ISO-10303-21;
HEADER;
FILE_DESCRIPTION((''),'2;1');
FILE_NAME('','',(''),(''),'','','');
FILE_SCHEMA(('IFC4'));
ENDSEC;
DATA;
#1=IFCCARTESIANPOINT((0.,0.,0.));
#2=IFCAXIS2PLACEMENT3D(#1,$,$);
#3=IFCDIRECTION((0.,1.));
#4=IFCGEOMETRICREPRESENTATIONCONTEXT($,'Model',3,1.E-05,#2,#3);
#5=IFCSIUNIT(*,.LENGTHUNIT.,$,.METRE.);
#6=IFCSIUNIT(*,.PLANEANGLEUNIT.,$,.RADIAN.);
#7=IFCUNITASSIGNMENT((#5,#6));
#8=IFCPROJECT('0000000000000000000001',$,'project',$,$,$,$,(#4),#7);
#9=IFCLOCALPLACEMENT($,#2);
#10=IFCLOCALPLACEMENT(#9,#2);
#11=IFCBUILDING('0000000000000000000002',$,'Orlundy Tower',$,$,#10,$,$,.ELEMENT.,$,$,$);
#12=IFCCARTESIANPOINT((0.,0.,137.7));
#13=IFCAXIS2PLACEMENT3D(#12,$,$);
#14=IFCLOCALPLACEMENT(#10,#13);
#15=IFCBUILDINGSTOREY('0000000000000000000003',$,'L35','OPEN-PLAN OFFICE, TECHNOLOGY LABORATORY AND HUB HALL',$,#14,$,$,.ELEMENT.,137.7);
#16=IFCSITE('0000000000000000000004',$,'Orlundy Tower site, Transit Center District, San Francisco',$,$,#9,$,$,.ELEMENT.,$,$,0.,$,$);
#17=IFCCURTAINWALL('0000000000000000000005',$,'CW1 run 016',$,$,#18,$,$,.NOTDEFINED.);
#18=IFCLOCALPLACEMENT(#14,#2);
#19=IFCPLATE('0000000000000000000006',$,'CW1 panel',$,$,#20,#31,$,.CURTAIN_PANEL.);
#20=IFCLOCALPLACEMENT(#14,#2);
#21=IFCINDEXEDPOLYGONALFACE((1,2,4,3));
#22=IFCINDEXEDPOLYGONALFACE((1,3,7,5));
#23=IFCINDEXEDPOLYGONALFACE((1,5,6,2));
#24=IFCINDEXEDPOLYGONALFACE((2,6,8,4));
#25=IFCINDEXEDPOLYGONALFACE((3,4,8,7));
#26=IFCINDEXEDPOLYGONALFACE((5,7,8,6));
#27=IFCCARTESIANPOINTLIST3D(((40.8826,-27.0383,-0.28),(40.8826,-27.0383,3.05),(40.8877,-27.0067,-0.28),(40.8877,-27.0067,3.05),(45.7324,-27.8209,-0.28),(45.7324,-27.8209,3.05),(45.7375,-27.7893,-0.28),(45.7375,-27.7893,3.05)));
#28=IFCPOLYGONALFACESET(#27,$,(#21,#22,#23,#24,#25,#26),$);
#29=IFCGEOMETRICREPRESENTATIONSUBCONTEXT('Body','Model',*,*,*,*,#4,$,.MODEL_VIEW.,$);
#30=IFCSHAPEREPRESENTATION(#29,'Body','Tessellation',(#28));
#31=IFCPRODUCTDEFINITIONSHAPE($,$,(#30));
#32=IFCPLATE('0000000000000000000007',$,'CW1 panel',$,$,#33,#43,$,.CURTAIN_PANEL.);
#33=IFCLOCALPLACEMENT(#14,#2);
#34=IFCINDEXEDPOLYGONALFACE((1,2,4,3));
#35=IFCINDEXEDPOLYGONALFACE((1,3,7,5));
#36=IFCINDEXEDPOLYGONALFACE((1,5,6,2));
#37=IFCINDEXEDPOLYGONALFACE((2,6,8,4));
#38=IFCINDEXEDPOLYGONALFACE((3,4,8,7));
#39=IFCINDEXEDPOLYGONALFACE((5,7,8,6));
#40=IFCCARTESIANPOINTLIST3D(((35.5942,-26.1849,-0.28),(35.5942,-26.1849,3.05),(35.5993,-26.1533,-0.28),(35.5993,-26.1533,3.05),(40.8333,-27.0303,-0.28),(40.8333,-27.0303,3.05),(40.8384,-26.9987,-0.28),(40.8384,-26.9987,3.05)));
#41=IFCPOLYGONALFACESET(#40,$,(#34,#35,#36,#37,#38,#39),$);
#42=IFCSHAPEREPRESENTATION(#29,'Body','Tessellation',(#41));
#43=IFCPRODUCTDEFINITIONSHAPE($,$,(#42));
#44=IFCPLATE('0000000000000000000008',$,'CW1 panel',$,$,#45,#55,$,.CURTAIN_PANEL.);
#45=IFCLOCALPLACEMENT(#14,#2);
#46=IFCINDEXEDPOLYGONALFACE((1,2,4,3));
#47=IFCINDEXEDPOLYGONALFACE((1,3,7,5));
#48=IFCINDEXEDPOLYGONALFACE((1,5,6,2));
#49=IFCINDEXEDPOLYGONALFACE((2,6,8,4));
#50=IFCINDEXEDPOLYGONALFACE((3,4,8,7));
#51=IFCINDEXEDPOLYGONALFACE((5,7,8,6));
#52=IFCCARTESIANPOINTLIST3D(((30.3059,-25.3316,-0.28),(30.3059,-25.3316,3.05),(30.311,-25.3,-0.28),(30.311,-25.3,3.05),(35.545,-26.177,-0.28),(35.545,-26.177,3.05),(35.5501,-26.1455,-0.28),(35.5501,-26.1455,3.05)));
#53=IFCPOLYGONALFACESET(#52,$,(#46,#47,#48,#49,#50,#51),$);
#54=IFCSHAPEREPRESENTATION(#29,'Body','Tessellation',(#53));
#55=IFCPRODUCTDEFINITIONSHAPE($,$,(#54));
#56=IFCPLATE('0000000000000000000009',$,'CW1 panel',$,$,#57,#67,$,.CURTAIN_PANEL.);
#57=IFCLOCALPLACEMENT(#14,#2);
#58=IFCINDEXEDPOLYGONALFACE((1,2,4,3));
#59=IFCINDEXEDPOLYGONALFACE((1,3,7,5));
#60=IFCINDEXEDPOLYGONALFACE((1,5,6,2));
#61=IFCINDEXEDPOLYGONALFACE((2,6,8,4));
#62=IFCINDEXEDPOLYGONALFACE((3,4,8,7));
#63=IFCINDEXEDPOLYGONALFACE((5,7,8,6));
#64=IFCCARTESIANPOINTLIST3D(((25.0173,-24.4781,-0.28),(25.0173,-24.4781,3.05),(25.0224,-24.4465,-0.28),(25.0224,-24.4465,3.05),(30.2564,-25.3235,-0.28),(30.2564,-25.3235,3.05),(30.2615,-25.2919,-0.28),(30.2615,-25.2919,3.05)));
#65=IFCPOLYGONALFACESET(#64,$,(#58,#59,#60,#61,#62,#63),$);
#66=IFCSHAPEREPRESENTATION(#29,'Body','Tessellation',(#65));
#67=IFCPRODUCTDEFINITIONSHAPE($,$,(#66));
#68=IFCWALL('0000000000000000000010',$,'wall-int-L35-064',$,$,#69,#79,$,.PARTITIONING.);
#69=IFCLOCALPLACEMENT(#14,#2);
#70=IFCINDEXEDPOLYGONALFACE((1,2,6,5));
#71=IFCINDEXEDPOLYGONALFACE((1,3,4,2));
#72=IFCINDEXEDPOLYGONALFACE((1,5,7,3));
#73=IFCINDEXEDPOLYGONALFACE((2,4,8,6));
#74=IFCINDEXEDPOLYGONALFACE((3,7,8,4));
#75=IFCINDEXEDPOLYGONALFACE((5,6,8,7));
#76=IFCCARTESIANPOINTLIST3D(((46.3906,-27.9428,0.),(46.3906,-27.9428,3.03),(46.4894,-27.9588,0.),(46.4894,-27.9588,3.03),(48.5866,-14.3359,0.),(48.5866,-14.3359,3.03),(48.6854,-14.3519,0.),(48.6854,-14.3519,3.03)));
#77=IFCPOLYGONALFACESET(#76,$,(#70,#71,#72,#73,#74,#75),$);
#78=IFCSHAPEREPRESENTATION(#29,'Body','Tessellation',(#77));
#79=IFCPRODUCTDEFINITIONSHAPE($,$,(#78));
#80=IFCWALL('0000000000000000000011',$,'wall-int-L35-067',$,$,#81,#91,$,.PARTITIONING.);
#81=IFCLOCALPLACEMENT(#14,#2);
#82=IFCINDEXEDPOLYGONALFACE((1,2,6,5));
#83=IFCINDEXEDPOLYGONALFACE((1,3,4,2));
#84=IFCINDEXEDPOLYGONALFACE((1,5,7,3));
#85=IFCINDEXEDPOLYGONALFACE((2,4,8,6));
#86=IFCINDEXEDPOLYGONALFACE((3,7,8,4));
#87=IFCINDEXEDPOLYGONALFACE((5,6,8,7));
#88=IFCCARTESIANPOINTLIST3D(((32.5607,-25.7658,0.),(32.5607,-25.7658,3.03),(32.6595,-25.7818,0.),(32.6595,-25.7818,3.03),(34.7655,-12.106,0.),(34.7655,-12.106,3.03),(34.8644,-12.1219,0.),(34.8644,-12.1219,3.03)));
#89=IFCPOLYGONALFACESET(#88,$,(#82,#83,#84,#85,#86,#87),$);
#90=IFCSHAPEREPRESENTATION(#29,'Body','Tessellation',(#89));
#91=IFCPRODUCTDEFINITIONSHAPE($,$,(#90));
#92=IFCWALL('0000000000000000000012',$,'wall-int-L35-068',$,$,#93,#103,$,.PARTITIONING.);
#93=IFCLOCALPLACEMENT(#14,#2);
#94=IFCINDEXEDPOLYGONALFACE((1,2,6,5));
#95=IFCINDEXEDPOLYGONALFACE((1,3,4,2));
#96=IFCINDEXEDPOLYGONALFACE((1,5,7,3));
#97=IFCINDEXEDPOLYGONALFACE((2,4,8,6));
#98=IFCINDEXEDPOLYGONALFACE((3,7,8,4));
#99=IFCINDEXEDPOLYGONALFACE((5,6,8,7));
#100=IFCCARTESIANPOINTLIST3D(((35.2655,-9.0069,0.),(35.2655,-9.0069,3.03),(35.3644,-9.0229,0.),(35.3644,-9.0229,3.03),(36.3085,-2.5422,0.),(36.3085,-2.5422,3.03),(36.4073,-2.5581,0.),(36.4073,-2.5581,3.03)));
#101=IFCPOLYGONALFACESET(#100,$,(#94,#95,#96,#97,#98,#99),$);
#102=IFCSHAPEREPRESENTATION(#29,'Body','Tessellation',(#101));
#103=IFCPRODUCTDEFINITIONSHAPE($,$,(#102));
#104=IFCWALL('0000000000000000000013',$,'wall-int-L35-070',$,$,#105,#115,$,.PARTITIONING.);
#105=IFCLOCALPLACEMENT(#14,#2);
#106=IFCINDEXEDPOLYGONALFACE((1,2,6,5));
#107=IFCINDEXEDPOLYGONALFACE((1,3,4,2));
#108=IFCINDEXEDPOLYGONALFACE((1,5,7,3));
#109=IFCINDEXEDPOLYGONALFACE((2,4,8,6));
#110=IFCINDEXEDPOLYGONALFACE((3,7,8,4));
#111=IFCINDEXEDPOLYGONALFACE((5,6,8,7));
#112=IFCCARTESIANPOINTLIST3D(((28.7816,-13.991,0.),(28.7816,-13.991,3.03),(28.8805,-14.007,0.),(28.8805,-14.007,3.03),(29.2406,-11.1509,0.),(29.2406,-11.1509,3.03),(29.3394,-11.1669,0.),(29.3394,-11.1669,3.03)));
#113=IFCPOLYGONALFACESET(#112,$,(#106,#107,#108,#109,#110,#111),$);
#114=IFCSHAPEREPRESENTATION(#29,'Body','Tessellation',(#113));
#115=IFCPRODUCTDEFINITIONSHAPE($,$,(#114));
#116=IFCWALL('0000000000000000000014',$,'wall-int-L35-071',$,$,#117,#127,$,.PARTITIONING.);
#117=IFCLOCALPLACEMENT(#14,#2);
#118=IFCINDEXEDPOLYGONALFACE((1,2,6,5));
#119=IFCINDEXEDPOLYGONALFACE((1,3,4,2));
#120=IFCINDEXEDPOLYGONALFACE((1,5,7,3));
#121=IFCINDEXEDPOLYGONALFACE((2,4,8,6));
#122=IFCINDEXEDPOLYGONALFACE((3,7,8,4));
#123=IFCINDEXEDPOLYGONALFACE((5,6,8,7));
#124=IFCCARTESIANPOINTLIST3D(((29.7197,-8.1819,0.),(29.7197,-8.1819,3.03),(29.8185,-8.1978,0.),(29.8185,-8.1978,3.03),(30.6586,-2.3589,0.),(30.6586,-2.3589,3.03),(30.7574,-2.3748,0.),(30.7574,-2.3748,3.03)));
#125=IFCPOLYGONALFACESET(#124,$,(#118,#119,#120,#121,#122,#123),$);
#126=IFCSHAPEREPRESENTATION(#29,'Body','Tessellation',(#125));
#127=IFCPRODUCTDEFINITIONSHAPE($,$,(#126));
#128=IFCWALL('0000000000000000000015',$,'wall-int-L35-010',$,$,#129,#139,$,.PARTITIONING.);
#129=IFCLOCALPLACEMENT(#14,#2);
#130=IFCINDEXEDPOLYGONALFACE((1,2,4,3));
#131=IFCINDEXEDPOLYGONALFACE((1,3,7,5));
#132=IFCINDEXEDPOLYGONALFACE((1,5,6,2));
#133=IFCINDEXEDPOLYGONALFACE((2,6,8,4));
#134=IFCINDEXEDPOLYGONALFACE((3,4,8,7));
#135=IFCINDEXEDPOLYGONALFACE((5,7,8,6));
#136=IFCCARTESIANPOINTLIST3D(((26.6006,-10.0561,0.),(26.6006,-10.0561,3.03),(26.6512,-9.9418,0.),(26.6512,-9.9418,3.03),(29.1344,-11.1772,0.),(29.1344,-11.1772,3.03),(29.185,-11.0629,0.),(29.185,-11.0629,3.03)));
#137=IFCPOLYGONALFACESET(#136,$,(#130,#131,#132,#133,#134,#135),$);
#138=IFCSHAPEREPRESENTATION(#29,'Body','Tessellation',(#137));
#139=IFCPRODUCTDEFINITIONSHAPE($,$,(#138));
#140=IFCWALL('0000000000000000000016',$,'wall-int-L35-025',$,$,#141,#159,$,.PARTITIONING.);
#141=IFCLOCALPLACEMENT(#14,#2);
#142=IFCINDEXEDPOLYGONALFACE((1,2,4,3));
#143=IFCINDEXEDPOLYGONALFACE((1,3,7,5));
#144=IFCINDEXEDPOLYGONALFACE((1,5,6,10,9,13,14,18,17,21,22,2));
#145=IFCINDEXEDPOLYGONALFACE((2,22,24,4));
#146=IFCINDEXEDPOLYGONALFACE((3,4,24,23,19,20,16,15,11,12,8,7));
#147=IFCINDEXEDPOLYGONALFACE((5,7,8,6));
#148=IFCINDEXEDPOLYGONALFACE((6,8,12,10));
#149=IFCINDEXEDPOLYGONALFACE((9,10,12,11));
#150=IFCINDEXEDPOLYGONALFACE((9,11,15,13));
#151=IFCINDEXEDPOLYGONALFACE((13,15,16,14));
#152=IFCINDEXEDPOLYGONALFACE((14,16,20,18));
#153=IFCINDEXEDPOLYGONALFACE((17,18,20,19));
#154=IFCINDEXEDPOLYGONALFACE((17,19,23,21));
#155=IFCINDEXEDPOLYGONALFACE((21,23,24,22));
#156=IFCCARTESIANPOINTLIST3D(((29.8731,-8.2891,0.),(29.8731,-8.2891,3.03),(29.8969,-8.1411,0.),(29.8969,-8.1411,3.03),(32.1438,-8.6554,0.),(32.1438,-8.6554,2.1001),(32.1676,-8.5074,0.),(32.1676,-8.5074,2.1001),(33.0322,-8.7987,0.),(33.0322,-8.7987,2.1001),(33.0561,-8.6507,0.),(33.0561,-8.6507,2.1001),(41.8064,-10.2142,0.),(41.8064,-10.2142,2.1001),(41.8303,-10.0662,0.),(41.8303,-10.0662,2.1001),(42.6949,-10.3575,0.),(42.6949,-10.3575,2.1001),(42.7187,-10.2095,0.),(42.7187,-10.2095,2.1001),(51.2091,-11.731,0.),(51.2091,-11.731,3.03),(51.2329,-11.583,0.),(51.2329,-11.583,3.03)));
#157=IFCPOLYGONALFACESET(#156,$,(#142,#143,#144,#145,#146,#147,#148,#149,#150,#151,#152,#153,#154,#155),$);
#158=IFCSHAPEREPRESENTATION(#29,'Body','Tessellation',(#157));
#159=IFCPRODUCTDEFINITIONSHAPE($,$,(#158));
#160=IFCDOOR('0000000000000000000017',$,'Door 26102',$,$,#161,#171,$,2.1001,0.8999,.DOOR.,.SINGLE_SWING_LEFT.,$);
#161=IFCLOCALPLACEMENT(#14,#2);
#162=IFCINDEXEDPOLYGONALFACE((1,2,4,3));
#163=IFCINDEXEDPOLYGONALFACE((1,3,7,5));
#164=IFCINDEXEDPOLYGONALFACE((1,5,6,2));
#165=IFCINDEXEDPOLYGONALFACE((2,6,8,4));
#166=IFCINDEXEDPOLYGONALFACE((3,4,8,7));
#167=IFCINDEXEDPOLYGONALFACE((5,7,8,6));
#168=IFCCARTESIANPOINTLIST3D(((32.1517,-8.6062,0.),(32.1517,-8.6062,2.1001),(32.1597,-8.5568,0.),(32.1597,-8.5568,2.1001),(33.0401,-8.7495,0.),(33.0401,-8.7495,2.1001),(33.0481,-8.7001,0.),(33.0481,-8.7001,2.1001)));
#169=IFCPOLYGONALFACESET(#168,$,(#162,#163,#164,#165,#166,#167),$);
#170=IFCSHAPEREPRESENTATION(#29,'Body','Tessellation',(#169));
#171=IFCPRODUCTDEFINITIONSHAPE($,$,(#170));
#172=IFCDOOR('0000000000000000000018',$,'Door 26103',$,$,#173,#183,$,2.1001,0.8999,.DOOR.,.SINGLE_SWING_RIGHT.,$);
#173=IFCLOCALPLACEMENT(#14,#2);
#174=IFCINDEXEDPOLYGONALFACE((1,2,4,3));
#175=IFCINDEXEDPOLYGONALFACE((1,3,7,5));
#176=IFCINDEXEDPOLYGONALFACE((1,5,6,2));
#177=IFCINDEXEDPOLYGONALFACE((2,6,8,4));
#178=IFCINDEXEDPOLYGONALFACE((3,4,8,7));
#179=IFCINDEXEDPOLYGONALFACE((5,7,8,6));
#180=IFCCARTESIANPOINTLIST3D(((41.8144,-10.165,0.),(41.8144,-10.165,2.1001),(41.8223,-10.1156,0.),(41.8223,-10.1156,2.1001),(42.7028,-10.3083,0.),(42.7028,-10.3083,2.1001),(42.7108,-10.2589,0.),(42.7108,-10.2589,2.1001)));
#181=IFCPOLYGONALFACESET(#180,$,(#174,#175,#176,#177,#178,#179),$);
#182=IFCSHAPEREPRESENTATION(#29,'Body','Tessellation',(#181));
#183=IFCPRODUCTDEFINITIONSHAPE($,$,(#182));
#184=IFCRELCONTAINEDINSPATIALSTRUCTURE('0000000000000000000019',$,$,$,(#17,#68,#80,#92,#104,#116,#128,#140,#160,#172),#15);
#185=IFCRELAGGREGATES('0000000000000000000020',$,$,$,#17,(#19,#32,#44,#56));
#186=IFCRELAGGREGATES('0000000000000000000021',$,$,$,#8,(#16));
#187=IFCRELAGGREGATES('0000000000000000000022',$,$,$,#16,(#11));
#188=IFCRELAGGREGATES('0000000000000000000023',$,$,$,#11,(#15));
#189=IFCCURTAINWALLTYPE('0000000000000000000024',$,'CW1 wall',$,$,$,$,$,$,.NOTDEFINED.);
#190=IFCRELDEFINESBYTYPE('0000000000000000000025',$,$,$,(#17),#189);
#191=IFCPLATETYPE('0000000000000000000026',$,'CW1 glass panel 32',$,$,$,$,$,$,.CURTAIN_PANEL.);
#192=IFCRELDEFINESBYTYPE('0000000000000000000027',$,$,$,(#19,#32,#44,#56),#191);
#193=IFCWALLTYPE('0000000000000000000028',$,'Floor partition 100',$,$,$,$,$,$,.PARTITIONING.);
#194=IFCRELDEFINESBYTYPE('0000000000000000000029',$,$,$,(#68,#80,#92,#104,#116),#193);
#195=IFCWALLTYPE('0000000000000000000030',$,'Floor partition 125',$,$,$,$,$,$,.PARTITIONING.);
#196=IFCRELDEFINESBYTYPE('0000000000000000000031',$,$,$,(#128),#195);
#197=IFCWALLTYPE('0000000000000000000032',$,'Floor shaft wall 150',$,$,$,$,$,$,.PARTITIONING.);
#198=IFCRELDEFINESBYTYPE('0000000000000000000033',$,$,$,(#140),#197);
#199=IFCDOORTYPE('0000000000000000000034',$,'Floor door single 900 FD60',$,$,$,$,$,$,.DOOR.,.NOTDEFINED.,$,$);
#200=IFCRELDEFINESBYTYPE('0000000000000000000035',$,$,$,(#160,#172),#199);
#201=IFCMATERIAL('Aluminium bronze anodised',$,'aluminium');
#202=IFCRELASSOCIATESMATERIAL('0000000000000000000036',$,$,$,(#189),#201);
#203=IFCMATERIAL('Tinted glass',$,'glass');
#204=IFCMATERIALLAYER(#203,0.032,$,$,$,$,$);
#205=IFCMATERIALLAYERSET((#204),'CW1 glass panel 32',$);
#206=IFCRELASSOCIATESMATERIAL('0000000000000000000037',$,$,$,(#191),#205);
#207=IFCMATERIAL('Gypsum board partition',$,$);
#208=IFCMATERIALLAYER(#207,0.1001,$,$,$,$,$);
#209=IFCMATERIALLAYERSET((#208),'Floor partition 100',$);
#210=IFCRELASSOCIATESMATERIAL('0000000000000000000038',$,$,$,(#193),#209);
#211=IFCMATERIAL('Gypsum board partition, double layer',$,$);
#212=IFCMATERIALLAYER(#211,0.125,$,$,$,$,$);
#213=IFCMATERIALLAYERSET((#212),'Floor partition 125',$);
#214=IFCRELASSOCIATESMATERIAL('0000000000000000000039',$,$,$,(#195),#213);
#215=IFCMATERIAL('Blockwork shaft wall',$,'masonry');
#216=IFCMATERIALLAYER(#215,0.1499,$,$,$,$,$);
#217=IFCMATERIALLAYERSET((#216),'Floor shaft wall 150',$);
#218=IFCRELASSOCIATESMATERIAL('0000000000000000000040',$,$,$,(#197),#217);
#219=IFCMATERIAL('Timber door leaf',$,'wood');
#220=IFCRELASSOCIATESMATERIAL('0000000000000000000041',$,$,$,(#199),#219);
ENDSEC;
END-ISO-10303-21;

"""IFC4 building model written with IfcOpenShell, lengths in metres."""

from ifc_helpers import new_model, si_unit, direction, frame, frame_2d, origin, origin_2d, place, context, subcontext, project, spatial, rectangle, extrude, material, layer, layer_set, type_object, element, fill, aggregate, save


model = new_model("IFC4")

# Units and contexts
model_context = context("Model", 3, precision=1e-05, world=origin(), true_north=direction((0.0, 1.0)))
body_context = subcontext(model_context, "Body", "Model", "MODEL_VIEW")
ifc_project = project(units=[si_unit("LENGTHUNIT", "METRE"), si_unit("PLANEANGLEUNIT", "RADIAN")], contexts=[model_context])

# Site, building, storey
site_placement = place(None, origin())
site = spatial("IfcSite", under=ifc_project, at=site_placement, Name="Orlundy Tower site, Transit Center District, San Francisco", CompositionType="ELEMENT", RefElevation=0.0)
building_placement = place(site_placement, origin())
building = spatial("IfcBuilding", under=site, at=building_placement, Name="Orlundy Tower", CompositionType="ELEMENT")
storey_placement = place(building_placement, frame((0.0, 0.0, 137.7)))
storey = spatial("IfcBuildingStorey", under=building, at=storey_placement, Name="L35", Description="OPEN-PLAN OFFICE, TECHNOLOGY LABORATORY AND HUB HALL", CompositionType="ELEMENT", Elevation=137.7)

# Curtain wall
ifc_material_1 = material(Name="Aluminium bronze anodised", Category="aluminium")
curtain_wall_type = type_object("IfcCurtainWallType", Name="CW1 wall", PredefinedType="NOTDEFINED", material=ifc_material_1)
curtain_wall_1_placement = place(storey_placement, origin())
curtain_wall_1 = element("IfcCurtainWall", 1, at=curtain_wall_1_placement, inside=storey, type_object=curtain_wall_type, Name="CW1 run 016", PredefinedType="NOTDEFINED")

# Shared definitions
ifc_material_2 = material(Name="Tinted glass", Category="glass")
ifc_layer_1 = layer(ifc_material_2, 0.032)
ifc_layer_set_1 = layer_set([ifc_layer_1], Name="CW1 glass panel 32")
plate_type = type_object("IfcPlateType", Name="CW1 glass panel 32", PredefinedType="CURTAIN_PANEL", material=ifc_layer_set_1)

# Plates
plate_1_placement = place(storey_placement, frame((43.3101, -27.4138, -0.28), z_axis=(0.0, 0.0, 1.0), x_axis=(-0.987228, 0.159311, 0.0)))
plate_1 = element("IfcPlate", 2, at=plate_1_placement, type_object=plate_type, Name="CW1 panel", PredefinedType="CURTAIN_PANEL", context=body_context, shape_type="SweptSolid", body=[
    extrude(rectangle(XDim=4.9126, YDim=0.032, at=origin_2d()), origin(), (0.0, 0.0, 1.0), 3.3301),
])
plate_2_placement = place(storey_placement, frame((38.2163, -26.5918, -0.28), z_axis=(0.0, 0.0, 1.0), x_axis=(-0.987228, 0.159311, 0.0)))
plate_2 = element("IfcPlate", 3, at=plate_2_placement, type_object=plate_type, Name="CW1 panel", PredefinedType="CURTAIN_PANEL", context=body_context, shape_type="SweptSolid", body=[
    extrude(rectangle(XDim=5.3069, YDim=0.032, at=origin_2d()), origin(), (0.0, 0.0, 1.0), 3.3301),
])
plate_3_placement = place(storey_placement, frame((32.928, -25.7385, -0.28), z_axis=(0.0, 0.0, 1.0), x_axis=(-0.987228, 0.159311, 0.0)))
plate_3 = element("IfcPlate", 4, at=plate_3_placement, type_object=plate_type, Name="CW1 panel", PredefinedType="CURTAIN_PANEL", context=body_context, shape_type="SweptSolid", body=[
    extrude(rectangle(XDim=5.3069, YDim=0.032, at=origin_2d()), origin(), (0.0, 0.0, 1.0), 3.3301),
])
plate_4_placement = place(storey_placement, frame((27.6394, -24.885, -0.28), z_axis=(0.0, 0.0, 1.0), x_axis=(-0.987228, 0.159311, 0.0)))
plate_4 = element("IfcPlate", 5, at=plate_4_placement, type_object=plate_type, Name="CW1 panel", PredefinedType="CURTAIN_PANEL", context=body_context, shape_type="SweptSolid", body=[
    extrude(rectangle(XDim=5.3069, YDim=0.032, at=origin_2d()), origin(), (0.0, 0.0, 1.0), 3.3301),
])
aggregate(curtain_wall_1, [plate_1, plate_2, plate_3, plate_4])

# Walls
ifc_material_3 = material(Name="Gypsum board partition")
ifc_layer_2 = layer(ifc_material_3, 0.1001)
ifc_layer_set_2 = layer_set([ifc_layer_2], Name="Floor partition 100")
wall_type_1 = type_object("IfcWallType", Name="Floor partition 100", PredefinedType="PARTITIONING", material=ifc_layer_set_2)
wall_1_placement = place(storey_placement, frame((46.4399, -27.9509, 0.0), z_axis=(0.0, 0.0, 1.0), x_axis=(0.15933, 0.987225, 0.0)))
element("IfcWall", 6, at=wall_1_placement, inside=storey, type_object=wall_type_1, Name="wall-int-L35-064", PredefinedType="PARTITIONING", context=body_context, shape_type="SweptSolid", body=[
    extrude(rectangle(XDim=13.783, YDim=0.1001, at=frame_2d((6.8916, 0.0))), origin(), (0.0, 0.0, 1.0), 3.03),
])
wall_2_placement = place(storey_placement, frame((32.6101, -25.7739, 0.0), z_axis=(0.0, 0.0, 1.0), x_axis=(0.159347, 0.987223, 0.0)))
element("IfcWall", 7, at=wall_2_placement, inside=storey, type_object=wall_type_1, Name="wall-int-L35-067", PredefinedType="PARTITIONING", context=body_context, shape_type="SweptSolid", body=[
    extrude(rectangle(XDim=13.8367, YDim=0.1001, at=frame_2d((6.9185, 0.0))), origin(), (0.0, 0.0, 1.0), 3.03),
])
wall_3_placement = place(storey_placement, frame((35.3149, -9.0149, 0.0), z_axis=(0.0, 0.0, 1.0), x_axis=(0.15927, 0.987235, 0.0)))
element("IfcWall", 8, at=wall_3_placement, inside=storey, type_object=wall_type_1, Name="wall-int-L35-068", PredefinedType="PARTITIONING", context=body_context, shape_type="SweptSolid", body=[
    extrude(rectangle(XDim=6.5483, YDim=0.1001, at=frame_2d((3.2742, 0.0))), origin(), (0.0, 0.0, 1.0), 3.03),
])
wall_4_placement = place(storey_placement, frame((28.8311, -13.999, 0.0), z_axis=(0.0, 0.0, 1.0), x_axis=(0.159539, 0.987192, 0.0)))
element("IfcWall", 9, at=wall_4_placement, inside=storey, type_object=wall_type_1, Name="wall-int-L35-070", PredefinedType="PARTITIONING", context=body_context, shape_type="SweptSolid", body=[
    extrude(rectangle(XDim=2.877, YDim=0.1001, at=frame_2d((1.4385, 0.0))), origin(), (0.0, 0.0, 1.0), 3.03),
])
wall_5_placement = place(storey_placement, frame((29.769, -8.1899, 0.0), z_axis=(0.0, 0.0, 1.0), x_axis=(0.159195, 0.987247, 0.0)))
element("IfcWall", 10, at=wall_5_placement, inside=storey, type_object=wall_type_1, Name="wall-int-L35-071", PredefinedType="PARTITIONING", context=body_context, shape_type="SweptSolid", body=[
    extrude(rectangle(XDim=5.8982, YDim=0.1001, at=frame_2d((2.9492, 0.0))), origin(), (0.0, 0.0, 1.0), 3.03),
])
ifc_material_4 = material(Name="Gypsum board partition, double layer")
ifc_layer_3 = layer(ifc_material_4, 0.125)
ifc_layer_set_3 = layer_set([ifc_layer_3], Name="Floor partition 125")
wall_type_2 = type_object("IfcWallType", Name="Floor partition 125", PredefinedType="PARTITIONING", material=ifc_layer_set_3)
wall_6_placement = place(storey_placement, frame((26.626, -9.999, 0.0), z_axis=(0.0, 0.0, 1.0), x_axis=(0.914493, -0.404601, 0.0)))
element("IfcWall", 11, at=wall_6_placement, inside=storey, type_object=wall_type_2, Name="wall-int-L35-010", PredefinedType="PARTITIONING", context=body_context, shape_type="SweptSolid", body=[
    extrude(rectangle(XDim=2.7708, YDim=0.125, at=frame_2d((1.3853, 0.0))), origin(), (0.0, 0.0, 1.0), 3.03),
])

# Wall, openings, doors
ifc_material_5 = material(Name="Blockwork shaft wall", Category="masonry")
ifc_layer_4 = layer(ifc_material_5, 0.1499)
ifc_layer_set_4 = layer_set([ifc_layer_4], Name="Floor shaft wall 150")
wall_type_3 = type_object("IfcWallType", Name="Floor shaft wall 150", PredefinedType="PARTITIONING", material=ifc_layer_set_4)
wall_7_placement = place(storey_placement, frame((29.885, -8.2151, 0.0), z_axis=(0.0, 0.0, 1.0), x_axis=(0.987237, -0.15926, 0.0)))
wall_7 = element("IfcWall", 12, at=wall_7_placement, inside=storey, type_object=wall_type_3, Name="wall-int-L35-025", PredefinedType="PARTITIONING", context=body_context, shape_type="SweptSolid", body=[
    extrude(rectangle(XDim=21.6118, YDim=0.1499, at=frame_2d((10.8059, 0.0))), origin(), (0.0, 0.0, 1.0), 3.03),
])
opening_1_placement = place(wall_7_placement, frame((2.3, 0.0, 0.0)))
opening_1 = element("IfcOpeningElement", 13, at=opening_1_placement, cuts=wall_7, PredefinedType="OPENING", context=body_context, shape_type="SweptSolid", body=[
    extrude(rectangle(XDim=0.8999, YDim=2.1001, at=frame_2d((0.45, 1.05))), frame((0.0, 0.085, 0.0), z_axis=(0.0, -1.0, 0.0), x_axis=(1.0, 0.0, 0.0)), (0.0, 0.0, 1.0), 0.1699),
])
opening_2_placement = place(wall_7_placement, frame((12.0876, 0.0, 0.0)))
opening_2 = element("IfcOpeningElement", 14, at=opening_2_placement, cuts=wall_7, PredefinedType="OPENING", context=body_context, shape_type="SweptSolid", body=[
    extrude(rectangle(XDim=0.8999, YDim=2.1001, at=frame_2d((0.45, 1.05))), frame((0.0, 0.085, 0.0), z_axis=(0.0, -1.0, 0.0), x_axis=(1.0, 0.0, 0.0)), (0.0, 0.0, 1.0), 0.1699),
])
ifc_material_6 = material(Name="Timber door leaf", Category="wood")
door_type = type_object("IfcDoorType", Name="Floor door single 900 FD60", OperationType="NOTDEFINED", PredefinedType="DOOR", material=ifc_material_6)
door_1_placement = place(opening_1_placement, origin())
door_1 = element("IfcDoor", 15, at=door_1_placement, inside=storey, type_object=door_type, Name="Door 26102", OperationType="SINGLE_SWING_LEFT", OverallHeight=2.1001, OverallWidth=0.8999, PredefinedType="DOOR", context=body_context, shape_type="SweptSolid", body=[
    extrude(rectangle(XDim=0.8999, YDim=2.1001, at=frame_2d((0.45, 1.05))), frame((0.0, 0.0249, 0.0), z_axis=(0.0, -1.0, 0.0), x_axis=(1.0, 0.0, 0.0)), (0.0, 0.0, 1.0), 0.05),
])
fill(opening_1, door_1)
door_2_placement = place(opening_2_placement, origin())
door_2 = element("IfcDoor", 16, at=door_2_placement, inside=storey, type_object=door_type, Name="Door 26103", OperationType="SINGLE_SWING_RIGHT", OverallHeight=2.1001, OverallWidth=0.8999, PredefinedType="DOOR", context=body_context, shape_type="SweptSolid", body=[
    extrude(rectangle(XDim=0.8999, YDim=2.1001, at=frame_2d((0.45, 1.05))), frame((0.0, 0.0249, 0.0), z_axis=(0.0, -1.0, 0.0), x_axis=(1.0, 0.0, 0.0)), (0.0, 0.0, 1.0), 0.05),
])
fill(opening_2, door_2)

save(model, "model.ifc")
